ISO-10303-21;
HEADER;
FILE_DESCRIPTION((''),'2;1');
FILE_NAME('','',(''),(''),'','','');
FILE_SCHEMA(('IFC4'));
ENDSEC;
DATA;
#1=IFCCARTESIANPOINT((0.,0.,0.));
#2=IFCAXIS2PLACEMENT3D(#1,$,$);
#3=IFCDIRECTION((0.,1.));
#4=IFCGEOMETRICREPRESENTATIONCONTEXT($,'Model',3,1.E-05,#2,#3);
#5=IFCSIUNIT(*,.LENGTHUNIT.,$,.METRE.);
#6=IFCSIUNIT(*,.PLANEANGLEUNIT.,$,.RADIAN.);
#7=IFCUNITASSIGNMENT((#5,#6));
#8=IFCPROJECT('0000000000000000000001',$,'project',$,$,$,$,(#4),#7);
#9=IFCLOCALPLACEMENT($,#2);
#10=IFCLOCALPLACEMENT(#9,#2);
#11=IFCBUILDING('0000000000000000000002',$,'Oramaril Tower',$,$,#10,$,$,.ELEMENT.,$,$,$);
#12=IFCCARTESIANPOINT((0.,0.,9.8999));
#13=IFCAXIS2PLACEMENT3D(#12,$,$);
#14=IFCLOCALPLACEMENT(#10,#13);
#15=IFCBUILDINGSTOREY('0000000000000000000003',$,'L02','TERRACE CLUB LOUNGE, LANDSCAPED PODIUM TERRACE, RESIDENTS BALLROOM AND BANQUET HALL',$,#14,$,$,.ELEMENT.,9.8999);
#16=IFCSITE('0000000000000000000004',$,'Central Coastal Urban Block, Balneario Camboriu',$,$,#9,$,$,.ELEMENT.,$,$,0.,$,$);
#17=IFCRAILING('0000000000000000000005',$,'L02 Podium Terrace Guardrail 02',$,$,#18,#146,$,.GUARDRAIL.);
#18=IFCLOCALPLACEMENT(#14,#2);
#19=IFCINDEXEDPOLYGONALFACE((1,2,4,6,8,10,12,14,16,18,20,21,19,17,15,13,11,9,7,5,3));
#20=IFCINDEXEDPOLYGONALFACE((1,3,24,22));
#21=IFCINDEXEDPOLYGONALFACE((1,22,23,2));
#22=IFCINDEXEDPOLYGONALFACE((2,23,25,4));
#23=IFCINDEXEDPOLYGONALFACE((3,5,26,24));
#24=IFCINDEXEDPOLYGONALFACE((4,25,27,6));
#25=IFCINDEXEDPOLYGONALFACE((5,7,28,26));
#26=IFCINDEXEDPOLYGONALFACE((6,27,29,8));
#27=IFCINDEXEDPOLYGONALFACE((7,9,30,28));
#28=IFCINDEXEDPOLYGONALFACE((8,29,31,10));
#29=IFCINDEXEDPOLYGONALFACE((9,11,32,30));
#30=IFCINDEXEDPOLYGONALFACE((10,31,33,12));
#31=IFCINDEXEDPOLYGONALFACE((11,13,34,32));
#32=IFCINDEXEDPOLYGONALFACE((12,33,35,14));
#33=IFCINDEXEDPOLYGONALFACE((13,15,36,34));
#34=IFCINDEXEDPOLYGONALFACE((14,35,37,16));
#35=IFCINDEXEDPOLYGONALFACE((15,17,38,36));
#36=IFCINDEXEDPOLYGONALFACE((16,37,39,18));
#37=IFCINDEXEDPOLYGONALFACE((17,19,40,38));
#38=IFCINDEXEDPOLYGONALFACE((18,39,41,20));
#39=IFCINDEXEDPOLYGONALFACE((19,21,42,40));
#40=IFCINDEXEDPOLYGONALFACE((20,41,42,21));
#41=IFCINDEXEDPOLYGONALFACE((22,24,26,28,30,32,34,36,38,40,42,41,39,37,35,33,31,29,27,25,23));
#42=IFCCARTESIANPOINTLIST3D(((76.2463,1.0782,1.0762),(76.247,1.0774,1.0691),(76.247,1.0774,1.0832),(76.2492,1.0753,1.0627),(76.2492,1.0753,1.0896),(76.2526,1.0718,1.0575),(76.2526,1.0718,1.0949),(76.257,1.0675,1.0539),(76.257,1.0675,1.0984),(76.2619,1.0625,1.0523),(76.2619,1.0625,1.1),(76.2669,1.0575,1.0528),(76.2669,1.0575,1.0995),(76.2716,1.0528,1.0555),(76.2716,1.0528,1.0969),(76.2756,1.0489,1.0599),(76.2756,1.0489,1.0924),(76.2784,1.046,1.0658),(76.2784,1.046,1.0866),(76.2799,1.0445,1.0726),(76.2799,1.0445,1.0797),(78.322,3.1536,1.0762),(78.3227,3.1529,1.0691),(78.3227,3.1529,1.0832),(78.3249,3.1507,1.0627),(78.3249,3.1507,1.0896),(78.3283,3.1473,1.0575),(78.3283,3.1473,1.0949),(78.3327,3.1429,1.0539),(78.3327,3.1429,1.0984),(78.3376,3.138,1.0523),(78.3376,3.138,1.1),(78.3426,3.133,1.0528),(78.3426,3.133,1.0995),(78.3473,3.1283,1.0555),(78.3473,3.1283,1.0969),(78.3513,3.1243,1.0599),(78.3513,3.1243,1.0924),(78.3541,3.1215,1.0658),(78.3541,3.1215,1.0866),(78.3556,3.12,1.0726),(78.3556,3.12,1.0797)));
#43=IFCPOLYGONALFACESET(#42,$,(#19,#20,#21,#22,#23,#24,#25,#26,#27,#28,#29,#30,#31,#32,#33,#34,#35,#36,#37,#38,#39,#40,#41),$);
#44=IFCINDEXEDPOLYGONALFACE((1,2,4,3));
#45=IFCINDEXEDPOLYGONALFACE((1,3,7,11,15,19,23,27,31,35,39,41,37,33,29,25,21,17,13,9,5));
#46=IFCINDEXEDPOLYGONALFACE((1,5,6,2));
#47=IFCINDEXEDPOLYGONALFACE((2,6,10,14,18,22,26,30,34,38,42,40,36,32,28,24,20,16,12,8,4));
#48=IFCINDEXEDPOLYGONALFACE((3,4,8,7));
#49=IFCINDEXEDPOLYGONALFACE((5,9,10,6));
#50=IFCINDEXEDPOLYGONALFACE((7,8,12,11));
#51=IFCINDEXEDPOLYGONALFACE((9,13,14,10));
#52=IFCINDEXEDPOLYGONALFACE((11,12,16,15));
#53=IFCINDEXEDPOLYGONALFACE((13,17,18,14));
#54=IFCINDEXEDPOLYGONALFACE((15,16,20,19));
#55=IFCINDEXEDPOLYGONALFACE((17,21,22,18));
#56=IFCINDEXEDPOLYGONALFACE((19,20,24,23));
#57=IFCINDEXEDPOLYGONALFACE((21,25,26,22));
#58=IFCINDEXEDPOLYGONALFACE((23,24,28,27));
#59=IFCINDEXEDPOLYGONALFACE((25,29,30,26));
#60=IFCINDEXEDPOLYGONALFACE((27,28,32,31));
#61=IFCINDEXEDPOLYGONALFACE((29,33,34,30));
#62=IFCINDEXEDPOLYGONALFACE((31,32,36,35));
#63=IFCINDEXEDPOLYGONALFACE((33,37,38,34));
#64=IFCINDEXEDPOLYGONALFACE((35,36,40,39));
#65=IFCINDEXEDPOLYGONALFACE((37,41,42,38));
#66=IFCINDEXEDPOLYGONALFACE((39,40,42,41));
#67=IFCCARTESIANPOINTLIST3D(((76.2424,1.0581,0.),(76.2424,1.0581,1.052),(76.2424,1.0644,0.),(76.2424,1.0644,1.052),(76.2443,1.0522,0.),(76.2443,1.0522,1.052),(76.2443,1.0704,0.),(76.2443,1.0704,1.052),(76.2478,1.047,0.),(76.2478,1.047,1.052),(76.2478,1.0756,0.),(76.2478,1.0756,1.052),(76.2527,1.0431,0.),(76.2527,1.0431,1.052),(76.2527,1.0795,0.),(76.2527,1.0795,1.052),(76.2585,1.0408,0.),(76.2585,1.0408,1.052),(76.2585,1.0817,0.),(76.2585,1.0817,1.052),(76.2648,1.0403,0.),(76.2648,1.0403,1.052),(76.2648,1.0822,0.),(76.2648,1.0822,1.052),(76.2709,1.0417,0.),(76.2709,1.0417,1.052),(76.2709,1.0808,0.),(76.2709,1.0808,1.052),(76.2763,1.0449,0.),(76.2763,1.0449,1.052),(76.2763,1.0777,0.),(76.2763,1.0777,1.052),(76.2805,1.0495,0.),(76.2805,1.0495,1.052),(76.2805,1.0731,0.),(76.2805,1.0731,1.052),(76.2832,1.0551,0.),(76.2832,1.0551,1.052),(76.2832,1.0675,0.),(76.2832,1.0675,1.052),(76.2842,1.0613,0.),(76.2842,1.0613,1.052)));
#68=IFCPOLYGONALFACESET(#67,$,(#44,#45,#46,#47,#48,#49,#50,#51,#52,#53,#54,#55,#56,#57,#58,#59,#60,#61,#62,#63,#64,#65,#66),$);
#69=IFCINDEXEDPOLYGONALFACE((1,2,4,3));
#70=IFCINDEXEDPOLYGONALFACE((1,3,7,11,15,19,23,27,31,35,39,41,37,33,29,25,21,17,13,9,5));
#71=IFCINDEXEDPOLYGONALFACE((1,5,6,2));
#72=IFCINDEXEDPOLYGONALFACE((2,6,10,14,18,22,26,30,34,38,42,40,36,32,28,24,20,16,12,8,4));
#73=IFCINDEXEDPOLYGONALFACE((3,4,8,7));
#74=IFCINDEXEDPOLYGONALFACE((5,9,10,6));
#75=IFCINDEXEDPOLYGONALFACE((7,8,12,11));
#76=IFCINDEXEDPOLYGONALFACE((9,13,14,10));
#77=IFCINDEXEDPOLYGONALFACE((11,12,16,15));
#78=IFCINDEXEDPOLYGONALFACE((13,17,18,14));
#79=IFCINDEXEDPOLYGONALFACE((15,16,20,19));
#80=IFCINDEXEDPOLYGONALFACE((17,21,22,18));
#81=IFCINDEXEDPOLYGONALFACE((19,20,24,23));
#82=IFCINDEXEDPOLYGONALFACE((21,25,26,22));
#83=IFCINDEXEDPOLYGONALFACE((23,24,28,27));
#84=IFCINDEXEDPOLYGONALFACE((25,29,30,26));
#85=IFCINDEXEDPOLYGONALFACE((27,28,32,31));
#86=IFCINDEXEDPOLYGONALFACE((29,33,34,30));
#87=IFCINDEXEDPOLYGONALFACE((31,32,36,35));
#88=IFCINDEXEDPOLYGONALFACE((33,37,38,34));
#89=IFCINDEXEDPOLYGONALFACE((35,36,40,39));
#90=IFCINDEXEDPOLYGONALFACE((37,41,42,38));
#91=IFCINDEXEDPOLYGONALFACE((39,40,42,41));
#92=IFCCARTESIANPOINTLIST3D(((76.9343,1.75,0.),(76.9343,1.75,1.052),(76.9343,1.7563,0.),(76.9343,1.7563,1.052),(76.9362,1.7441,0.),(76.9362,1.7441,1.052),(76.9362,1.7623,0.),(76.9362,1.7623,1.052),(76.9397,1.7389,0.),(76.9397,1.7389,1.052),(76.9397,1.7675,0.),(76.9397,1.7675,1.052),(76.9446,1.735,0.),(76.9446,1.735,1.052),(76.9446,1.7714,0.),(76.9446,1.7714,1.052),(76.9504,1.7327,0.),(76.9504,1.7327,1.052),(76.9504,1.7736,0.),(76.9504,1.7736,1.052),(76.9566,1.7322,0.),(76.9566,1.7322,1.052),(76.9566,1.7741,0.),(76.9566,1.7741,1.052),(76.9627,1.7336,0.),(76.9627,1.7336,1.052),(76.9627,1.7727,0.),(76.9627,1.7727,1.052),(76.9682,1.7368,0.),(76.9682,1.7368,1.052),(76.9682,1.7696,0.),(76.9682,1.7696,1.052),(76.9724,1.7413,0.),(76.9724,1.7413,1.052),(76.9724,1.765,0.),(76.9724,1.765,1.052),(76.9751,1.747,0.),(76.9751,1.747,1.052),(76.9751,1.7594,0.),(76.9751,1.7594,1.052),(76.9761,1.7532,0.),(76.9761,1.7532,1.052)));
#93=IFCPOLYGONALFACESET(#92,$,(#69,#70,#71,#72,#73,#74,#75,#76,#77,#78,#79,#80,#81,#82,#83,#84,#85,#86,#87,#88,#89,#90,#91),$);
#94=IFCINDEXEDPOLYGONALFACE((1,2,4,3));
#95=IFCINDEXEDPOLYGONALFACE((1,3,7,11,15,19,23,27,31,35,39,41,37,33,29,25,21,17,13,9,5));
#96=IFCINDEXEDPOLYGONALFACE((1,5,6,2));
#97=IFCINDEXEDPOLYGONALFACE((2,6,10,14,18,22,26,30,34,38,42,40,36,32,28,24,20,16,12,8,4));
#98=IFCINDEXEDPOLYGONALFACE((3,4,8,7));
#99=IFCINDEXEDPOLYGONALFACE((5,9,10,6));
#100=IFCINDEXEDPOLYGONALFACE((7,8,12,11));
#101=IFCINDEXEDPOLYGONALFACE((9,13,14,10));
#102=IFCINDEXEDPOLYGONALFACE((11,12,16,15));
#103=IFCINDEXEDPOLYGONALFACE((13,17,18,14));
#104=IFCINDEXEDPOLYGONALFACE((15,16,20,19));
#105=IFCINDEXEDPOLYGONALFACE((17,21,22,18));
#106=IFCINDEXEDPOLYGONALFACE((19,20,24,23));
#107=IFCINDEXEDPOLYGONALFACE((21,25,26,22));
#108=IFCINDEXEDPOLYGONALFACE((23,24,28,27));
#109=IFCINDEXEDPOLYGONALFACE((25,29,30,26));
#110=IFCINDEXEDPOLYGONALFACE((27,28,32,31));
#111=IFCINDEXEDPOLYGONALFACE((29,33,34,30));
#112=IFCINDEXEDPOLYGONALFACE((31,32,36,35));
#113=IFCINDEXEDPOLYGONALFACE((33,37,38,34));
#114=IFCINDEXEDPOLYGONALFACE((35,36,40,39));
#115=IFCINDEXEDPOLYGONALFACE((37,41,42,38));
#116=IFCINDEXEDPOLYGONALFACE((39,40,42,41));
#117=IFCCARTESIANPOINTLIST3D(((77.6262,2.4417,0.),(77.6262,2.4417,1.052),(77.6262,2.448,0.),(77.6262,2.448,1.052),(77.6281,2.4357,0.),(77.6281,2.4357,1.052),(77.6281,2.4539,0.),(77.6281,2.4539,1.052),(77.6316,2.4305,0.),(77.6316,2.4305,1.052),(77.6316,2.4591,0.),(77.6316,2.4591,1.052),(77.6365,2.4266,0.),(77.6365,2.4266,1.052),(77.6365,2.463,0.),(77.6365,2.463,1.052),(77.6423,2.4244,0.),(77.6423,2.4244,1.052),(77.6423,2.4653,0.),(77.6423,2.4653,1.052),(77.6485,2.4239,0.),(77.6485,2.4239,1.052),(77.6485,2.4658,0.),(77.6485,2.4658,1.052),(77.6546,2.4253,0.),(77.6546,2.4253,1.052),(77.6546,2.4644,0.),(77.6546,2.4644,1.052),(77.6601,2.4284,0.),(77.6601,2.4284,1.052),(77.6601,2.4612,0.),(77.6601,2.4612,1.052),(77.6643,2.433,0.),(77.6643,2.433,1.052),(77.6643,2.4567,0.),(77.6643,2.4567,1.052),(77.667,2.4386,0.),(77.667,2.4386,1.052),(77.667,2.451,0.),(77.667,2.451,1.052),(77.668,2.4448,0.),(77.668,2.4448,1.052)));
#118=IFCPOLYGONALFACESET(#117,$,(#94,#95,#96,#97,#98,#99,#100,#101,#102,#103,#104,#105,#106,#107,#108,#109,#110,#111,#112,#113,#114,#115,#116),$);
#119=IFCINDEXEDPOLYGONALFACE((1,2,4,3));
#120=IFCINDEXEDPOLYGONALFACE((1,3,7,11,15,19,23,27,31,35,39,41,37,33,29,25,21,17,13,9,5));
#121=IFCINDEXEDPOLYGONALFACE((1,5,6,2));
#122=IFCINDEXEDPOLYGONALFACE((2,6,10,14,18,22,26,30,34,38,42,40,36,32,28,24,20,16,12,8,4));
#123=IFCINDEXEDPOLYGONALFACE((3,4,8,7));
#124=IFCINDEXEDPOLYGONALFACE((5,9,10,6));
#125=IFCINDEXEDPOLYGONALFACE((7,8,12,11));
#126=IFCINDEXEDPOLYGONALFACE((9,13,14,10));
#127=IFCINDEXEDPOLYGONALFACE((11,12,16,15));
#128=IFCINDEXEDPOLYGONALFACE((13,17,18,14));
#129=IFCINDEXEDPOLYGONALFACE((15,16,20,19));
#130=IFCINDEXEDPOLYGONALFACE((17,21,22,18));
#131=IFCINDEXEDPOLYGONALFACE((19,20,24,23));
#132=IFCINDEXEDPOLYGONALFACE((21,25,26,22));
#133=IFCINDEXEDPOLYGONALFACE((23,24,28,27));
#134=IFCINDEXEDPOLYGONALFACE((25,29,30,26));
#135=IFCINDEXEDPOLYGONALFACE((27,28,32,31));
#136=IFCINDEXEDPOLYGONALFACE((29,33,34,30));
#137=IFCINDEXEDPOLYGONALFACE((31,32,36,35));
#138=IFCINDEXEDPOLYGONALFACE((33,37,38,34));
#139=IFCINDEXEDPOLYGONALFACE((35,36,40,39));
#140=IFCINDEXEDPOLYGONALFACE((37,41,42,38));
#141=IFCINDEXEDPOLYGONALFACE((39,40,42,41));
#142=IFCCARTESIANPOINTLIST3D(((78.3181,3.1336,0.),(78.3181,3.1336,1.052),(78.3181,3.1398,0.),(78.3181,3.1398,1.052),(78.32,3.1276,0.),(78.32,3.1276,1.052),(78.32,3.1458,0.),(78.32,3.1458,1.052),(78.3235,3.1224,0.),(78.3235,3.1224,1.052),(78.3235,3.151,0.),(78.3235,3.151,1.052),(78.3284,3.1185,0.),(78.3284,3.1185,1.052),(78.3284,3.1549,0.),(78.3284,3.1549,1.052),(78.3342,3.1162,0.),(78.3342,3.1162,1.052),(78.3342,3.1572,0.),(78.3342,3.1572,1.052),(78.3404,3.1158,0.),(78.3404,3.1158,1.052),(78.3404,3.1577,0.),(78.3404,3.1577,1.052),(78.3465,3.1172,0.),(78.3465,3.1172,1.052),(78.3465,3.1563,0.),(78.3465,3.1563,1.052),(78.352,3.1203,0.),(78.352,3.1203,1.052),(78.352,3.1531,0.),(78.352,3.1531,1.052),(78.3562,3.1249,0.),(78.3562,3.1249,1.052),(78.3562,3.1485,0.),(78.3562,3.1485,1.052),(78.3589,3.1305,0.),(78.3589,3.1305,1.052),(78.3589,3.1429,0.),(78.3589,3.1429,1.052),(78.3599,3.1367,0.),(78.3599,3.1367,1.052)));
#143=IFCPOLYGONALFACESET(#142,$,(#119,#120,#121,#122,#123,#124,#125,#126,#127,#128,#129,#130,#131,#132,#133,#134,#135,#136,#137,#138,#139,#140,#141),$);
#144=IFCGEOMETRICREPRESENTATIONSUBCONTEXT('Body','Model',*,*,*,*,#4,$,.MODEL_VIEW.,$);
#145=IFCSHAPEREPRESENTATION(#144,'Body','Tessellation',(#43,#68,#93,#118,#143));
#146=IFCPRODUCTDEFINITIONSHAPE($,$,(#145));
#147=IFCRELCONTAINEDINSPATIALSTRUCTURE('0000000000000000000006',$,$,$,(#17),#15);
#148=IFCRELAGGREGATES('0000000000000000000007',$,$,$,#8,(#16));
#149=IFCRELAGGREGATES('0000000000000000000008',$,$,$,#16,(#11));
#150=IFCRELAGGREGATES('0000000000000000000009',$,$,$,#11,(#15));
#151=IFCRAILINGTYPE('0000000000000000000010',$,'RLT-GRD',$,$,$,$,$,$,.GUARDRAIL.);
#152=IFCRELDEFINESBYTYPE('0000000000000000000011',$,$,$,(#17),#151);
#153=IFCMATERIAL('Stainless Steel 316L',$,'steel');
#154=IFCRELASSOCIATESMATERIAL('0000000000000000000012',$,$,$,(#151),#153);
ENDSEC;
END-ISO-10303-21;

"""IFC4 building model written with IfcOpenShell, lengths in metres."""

from ifc_helpers import new_model, si_unit, direction, frame, origin, origin_2d, place, context, subcontext, project, spatial, circle, extrude, material, type_object, element, save


model = new_model("IFC4")

# Units and contexts
model_context = context("Model", 3, precision=1e-05, world=origin(), true_north=direction((0.0, 1.0)))
body_context = subcontext(model_context, "Body", "Model", "MODEL_VIEW")
ifc_project = project(units=[si_unit("LENGTHUNIT", "METRE"), si_unit("PLANEANGLEUNIT", "RADIAN")], contexts=[model_context])

# Site, building, storey
site_placement = place(None, origin())
site = spatial("IfcSite", under=ifc_project, at=site_placement, Name="Central Coastal Urban Block, Balneario Camboriu", CompositionType="ELEMENT", RefElevation=0.0)
building_placement = place(site_placement, origin())
building = spatial("IfcBuilding", under=site, at=building_placement, Name="Oramaril Tower", CompositionType="ELEMENT")
storey_placement = place(building_placement, frame((0.0, 0.0, 9.8999)))
storey = spatial("IfcBuildingStorey", under=building, at=storey_placement, Name="L02", Description="TERRACE CLUB LOUNGE, LANDSCAPED PODIUM TERRACE, RESIDENTS BALLROOM AND BANQUET HALL", CompositionType="ELEMENT", Elevation=9.8999)

# Railing
ifc_material_1 = material(Name="Stainless Steel 316L", Category="steel")
railing_type = type_object("IfcRailingType", Name="RLT-GRD", PredefinedType="GUARDRAIL", material=ifc_material_1)
railing_1_placement = place(storey_placement, frame((76.2632, 1.0613, 0.0)))
element("IfcRailing", 1, at=railing_1_placement, inside=storey, type_object=railing_type, Name="L02 Podium Terrace Guardrail 02", PredefinedType="GUARDRAIL", context=body_context, shape_type="SweptSolid", body=[
    extrude(circle(Radius=0.0239, at=origin_2d()), frame((0.0, 0.0, 1.0762), z_axis=(0.707148, 0.707065, 0.0), x_axis=(-0.707065, 0.707148, 0.0)), (0.0, 0.0, 1.0), 2.9353),
    extrude(circle(Radius=0.021, at=origin_2d()), origin(), (0.0, 0.0, 1.0), 1.052),
    extrude(circle(Radius=0.021, at=origin_2d()), frame((0.6919, 0.6919, 0.0)), (0.0, 0.0, 1.0), 1.052),
    extrude(circle(Radius=0.021, at=origin_2d()), frame((1.3838, 1.3835, 0.0)), (0.0, 0.0, 1.0), 1.052),
    extrude(circle(Radius=0.021, at=origin_2d()), frame((2.0757, 2.0754, 0.0)), (0.0, 0.0, 1.0), 1.052),
])

save(model, "model.ifc")
